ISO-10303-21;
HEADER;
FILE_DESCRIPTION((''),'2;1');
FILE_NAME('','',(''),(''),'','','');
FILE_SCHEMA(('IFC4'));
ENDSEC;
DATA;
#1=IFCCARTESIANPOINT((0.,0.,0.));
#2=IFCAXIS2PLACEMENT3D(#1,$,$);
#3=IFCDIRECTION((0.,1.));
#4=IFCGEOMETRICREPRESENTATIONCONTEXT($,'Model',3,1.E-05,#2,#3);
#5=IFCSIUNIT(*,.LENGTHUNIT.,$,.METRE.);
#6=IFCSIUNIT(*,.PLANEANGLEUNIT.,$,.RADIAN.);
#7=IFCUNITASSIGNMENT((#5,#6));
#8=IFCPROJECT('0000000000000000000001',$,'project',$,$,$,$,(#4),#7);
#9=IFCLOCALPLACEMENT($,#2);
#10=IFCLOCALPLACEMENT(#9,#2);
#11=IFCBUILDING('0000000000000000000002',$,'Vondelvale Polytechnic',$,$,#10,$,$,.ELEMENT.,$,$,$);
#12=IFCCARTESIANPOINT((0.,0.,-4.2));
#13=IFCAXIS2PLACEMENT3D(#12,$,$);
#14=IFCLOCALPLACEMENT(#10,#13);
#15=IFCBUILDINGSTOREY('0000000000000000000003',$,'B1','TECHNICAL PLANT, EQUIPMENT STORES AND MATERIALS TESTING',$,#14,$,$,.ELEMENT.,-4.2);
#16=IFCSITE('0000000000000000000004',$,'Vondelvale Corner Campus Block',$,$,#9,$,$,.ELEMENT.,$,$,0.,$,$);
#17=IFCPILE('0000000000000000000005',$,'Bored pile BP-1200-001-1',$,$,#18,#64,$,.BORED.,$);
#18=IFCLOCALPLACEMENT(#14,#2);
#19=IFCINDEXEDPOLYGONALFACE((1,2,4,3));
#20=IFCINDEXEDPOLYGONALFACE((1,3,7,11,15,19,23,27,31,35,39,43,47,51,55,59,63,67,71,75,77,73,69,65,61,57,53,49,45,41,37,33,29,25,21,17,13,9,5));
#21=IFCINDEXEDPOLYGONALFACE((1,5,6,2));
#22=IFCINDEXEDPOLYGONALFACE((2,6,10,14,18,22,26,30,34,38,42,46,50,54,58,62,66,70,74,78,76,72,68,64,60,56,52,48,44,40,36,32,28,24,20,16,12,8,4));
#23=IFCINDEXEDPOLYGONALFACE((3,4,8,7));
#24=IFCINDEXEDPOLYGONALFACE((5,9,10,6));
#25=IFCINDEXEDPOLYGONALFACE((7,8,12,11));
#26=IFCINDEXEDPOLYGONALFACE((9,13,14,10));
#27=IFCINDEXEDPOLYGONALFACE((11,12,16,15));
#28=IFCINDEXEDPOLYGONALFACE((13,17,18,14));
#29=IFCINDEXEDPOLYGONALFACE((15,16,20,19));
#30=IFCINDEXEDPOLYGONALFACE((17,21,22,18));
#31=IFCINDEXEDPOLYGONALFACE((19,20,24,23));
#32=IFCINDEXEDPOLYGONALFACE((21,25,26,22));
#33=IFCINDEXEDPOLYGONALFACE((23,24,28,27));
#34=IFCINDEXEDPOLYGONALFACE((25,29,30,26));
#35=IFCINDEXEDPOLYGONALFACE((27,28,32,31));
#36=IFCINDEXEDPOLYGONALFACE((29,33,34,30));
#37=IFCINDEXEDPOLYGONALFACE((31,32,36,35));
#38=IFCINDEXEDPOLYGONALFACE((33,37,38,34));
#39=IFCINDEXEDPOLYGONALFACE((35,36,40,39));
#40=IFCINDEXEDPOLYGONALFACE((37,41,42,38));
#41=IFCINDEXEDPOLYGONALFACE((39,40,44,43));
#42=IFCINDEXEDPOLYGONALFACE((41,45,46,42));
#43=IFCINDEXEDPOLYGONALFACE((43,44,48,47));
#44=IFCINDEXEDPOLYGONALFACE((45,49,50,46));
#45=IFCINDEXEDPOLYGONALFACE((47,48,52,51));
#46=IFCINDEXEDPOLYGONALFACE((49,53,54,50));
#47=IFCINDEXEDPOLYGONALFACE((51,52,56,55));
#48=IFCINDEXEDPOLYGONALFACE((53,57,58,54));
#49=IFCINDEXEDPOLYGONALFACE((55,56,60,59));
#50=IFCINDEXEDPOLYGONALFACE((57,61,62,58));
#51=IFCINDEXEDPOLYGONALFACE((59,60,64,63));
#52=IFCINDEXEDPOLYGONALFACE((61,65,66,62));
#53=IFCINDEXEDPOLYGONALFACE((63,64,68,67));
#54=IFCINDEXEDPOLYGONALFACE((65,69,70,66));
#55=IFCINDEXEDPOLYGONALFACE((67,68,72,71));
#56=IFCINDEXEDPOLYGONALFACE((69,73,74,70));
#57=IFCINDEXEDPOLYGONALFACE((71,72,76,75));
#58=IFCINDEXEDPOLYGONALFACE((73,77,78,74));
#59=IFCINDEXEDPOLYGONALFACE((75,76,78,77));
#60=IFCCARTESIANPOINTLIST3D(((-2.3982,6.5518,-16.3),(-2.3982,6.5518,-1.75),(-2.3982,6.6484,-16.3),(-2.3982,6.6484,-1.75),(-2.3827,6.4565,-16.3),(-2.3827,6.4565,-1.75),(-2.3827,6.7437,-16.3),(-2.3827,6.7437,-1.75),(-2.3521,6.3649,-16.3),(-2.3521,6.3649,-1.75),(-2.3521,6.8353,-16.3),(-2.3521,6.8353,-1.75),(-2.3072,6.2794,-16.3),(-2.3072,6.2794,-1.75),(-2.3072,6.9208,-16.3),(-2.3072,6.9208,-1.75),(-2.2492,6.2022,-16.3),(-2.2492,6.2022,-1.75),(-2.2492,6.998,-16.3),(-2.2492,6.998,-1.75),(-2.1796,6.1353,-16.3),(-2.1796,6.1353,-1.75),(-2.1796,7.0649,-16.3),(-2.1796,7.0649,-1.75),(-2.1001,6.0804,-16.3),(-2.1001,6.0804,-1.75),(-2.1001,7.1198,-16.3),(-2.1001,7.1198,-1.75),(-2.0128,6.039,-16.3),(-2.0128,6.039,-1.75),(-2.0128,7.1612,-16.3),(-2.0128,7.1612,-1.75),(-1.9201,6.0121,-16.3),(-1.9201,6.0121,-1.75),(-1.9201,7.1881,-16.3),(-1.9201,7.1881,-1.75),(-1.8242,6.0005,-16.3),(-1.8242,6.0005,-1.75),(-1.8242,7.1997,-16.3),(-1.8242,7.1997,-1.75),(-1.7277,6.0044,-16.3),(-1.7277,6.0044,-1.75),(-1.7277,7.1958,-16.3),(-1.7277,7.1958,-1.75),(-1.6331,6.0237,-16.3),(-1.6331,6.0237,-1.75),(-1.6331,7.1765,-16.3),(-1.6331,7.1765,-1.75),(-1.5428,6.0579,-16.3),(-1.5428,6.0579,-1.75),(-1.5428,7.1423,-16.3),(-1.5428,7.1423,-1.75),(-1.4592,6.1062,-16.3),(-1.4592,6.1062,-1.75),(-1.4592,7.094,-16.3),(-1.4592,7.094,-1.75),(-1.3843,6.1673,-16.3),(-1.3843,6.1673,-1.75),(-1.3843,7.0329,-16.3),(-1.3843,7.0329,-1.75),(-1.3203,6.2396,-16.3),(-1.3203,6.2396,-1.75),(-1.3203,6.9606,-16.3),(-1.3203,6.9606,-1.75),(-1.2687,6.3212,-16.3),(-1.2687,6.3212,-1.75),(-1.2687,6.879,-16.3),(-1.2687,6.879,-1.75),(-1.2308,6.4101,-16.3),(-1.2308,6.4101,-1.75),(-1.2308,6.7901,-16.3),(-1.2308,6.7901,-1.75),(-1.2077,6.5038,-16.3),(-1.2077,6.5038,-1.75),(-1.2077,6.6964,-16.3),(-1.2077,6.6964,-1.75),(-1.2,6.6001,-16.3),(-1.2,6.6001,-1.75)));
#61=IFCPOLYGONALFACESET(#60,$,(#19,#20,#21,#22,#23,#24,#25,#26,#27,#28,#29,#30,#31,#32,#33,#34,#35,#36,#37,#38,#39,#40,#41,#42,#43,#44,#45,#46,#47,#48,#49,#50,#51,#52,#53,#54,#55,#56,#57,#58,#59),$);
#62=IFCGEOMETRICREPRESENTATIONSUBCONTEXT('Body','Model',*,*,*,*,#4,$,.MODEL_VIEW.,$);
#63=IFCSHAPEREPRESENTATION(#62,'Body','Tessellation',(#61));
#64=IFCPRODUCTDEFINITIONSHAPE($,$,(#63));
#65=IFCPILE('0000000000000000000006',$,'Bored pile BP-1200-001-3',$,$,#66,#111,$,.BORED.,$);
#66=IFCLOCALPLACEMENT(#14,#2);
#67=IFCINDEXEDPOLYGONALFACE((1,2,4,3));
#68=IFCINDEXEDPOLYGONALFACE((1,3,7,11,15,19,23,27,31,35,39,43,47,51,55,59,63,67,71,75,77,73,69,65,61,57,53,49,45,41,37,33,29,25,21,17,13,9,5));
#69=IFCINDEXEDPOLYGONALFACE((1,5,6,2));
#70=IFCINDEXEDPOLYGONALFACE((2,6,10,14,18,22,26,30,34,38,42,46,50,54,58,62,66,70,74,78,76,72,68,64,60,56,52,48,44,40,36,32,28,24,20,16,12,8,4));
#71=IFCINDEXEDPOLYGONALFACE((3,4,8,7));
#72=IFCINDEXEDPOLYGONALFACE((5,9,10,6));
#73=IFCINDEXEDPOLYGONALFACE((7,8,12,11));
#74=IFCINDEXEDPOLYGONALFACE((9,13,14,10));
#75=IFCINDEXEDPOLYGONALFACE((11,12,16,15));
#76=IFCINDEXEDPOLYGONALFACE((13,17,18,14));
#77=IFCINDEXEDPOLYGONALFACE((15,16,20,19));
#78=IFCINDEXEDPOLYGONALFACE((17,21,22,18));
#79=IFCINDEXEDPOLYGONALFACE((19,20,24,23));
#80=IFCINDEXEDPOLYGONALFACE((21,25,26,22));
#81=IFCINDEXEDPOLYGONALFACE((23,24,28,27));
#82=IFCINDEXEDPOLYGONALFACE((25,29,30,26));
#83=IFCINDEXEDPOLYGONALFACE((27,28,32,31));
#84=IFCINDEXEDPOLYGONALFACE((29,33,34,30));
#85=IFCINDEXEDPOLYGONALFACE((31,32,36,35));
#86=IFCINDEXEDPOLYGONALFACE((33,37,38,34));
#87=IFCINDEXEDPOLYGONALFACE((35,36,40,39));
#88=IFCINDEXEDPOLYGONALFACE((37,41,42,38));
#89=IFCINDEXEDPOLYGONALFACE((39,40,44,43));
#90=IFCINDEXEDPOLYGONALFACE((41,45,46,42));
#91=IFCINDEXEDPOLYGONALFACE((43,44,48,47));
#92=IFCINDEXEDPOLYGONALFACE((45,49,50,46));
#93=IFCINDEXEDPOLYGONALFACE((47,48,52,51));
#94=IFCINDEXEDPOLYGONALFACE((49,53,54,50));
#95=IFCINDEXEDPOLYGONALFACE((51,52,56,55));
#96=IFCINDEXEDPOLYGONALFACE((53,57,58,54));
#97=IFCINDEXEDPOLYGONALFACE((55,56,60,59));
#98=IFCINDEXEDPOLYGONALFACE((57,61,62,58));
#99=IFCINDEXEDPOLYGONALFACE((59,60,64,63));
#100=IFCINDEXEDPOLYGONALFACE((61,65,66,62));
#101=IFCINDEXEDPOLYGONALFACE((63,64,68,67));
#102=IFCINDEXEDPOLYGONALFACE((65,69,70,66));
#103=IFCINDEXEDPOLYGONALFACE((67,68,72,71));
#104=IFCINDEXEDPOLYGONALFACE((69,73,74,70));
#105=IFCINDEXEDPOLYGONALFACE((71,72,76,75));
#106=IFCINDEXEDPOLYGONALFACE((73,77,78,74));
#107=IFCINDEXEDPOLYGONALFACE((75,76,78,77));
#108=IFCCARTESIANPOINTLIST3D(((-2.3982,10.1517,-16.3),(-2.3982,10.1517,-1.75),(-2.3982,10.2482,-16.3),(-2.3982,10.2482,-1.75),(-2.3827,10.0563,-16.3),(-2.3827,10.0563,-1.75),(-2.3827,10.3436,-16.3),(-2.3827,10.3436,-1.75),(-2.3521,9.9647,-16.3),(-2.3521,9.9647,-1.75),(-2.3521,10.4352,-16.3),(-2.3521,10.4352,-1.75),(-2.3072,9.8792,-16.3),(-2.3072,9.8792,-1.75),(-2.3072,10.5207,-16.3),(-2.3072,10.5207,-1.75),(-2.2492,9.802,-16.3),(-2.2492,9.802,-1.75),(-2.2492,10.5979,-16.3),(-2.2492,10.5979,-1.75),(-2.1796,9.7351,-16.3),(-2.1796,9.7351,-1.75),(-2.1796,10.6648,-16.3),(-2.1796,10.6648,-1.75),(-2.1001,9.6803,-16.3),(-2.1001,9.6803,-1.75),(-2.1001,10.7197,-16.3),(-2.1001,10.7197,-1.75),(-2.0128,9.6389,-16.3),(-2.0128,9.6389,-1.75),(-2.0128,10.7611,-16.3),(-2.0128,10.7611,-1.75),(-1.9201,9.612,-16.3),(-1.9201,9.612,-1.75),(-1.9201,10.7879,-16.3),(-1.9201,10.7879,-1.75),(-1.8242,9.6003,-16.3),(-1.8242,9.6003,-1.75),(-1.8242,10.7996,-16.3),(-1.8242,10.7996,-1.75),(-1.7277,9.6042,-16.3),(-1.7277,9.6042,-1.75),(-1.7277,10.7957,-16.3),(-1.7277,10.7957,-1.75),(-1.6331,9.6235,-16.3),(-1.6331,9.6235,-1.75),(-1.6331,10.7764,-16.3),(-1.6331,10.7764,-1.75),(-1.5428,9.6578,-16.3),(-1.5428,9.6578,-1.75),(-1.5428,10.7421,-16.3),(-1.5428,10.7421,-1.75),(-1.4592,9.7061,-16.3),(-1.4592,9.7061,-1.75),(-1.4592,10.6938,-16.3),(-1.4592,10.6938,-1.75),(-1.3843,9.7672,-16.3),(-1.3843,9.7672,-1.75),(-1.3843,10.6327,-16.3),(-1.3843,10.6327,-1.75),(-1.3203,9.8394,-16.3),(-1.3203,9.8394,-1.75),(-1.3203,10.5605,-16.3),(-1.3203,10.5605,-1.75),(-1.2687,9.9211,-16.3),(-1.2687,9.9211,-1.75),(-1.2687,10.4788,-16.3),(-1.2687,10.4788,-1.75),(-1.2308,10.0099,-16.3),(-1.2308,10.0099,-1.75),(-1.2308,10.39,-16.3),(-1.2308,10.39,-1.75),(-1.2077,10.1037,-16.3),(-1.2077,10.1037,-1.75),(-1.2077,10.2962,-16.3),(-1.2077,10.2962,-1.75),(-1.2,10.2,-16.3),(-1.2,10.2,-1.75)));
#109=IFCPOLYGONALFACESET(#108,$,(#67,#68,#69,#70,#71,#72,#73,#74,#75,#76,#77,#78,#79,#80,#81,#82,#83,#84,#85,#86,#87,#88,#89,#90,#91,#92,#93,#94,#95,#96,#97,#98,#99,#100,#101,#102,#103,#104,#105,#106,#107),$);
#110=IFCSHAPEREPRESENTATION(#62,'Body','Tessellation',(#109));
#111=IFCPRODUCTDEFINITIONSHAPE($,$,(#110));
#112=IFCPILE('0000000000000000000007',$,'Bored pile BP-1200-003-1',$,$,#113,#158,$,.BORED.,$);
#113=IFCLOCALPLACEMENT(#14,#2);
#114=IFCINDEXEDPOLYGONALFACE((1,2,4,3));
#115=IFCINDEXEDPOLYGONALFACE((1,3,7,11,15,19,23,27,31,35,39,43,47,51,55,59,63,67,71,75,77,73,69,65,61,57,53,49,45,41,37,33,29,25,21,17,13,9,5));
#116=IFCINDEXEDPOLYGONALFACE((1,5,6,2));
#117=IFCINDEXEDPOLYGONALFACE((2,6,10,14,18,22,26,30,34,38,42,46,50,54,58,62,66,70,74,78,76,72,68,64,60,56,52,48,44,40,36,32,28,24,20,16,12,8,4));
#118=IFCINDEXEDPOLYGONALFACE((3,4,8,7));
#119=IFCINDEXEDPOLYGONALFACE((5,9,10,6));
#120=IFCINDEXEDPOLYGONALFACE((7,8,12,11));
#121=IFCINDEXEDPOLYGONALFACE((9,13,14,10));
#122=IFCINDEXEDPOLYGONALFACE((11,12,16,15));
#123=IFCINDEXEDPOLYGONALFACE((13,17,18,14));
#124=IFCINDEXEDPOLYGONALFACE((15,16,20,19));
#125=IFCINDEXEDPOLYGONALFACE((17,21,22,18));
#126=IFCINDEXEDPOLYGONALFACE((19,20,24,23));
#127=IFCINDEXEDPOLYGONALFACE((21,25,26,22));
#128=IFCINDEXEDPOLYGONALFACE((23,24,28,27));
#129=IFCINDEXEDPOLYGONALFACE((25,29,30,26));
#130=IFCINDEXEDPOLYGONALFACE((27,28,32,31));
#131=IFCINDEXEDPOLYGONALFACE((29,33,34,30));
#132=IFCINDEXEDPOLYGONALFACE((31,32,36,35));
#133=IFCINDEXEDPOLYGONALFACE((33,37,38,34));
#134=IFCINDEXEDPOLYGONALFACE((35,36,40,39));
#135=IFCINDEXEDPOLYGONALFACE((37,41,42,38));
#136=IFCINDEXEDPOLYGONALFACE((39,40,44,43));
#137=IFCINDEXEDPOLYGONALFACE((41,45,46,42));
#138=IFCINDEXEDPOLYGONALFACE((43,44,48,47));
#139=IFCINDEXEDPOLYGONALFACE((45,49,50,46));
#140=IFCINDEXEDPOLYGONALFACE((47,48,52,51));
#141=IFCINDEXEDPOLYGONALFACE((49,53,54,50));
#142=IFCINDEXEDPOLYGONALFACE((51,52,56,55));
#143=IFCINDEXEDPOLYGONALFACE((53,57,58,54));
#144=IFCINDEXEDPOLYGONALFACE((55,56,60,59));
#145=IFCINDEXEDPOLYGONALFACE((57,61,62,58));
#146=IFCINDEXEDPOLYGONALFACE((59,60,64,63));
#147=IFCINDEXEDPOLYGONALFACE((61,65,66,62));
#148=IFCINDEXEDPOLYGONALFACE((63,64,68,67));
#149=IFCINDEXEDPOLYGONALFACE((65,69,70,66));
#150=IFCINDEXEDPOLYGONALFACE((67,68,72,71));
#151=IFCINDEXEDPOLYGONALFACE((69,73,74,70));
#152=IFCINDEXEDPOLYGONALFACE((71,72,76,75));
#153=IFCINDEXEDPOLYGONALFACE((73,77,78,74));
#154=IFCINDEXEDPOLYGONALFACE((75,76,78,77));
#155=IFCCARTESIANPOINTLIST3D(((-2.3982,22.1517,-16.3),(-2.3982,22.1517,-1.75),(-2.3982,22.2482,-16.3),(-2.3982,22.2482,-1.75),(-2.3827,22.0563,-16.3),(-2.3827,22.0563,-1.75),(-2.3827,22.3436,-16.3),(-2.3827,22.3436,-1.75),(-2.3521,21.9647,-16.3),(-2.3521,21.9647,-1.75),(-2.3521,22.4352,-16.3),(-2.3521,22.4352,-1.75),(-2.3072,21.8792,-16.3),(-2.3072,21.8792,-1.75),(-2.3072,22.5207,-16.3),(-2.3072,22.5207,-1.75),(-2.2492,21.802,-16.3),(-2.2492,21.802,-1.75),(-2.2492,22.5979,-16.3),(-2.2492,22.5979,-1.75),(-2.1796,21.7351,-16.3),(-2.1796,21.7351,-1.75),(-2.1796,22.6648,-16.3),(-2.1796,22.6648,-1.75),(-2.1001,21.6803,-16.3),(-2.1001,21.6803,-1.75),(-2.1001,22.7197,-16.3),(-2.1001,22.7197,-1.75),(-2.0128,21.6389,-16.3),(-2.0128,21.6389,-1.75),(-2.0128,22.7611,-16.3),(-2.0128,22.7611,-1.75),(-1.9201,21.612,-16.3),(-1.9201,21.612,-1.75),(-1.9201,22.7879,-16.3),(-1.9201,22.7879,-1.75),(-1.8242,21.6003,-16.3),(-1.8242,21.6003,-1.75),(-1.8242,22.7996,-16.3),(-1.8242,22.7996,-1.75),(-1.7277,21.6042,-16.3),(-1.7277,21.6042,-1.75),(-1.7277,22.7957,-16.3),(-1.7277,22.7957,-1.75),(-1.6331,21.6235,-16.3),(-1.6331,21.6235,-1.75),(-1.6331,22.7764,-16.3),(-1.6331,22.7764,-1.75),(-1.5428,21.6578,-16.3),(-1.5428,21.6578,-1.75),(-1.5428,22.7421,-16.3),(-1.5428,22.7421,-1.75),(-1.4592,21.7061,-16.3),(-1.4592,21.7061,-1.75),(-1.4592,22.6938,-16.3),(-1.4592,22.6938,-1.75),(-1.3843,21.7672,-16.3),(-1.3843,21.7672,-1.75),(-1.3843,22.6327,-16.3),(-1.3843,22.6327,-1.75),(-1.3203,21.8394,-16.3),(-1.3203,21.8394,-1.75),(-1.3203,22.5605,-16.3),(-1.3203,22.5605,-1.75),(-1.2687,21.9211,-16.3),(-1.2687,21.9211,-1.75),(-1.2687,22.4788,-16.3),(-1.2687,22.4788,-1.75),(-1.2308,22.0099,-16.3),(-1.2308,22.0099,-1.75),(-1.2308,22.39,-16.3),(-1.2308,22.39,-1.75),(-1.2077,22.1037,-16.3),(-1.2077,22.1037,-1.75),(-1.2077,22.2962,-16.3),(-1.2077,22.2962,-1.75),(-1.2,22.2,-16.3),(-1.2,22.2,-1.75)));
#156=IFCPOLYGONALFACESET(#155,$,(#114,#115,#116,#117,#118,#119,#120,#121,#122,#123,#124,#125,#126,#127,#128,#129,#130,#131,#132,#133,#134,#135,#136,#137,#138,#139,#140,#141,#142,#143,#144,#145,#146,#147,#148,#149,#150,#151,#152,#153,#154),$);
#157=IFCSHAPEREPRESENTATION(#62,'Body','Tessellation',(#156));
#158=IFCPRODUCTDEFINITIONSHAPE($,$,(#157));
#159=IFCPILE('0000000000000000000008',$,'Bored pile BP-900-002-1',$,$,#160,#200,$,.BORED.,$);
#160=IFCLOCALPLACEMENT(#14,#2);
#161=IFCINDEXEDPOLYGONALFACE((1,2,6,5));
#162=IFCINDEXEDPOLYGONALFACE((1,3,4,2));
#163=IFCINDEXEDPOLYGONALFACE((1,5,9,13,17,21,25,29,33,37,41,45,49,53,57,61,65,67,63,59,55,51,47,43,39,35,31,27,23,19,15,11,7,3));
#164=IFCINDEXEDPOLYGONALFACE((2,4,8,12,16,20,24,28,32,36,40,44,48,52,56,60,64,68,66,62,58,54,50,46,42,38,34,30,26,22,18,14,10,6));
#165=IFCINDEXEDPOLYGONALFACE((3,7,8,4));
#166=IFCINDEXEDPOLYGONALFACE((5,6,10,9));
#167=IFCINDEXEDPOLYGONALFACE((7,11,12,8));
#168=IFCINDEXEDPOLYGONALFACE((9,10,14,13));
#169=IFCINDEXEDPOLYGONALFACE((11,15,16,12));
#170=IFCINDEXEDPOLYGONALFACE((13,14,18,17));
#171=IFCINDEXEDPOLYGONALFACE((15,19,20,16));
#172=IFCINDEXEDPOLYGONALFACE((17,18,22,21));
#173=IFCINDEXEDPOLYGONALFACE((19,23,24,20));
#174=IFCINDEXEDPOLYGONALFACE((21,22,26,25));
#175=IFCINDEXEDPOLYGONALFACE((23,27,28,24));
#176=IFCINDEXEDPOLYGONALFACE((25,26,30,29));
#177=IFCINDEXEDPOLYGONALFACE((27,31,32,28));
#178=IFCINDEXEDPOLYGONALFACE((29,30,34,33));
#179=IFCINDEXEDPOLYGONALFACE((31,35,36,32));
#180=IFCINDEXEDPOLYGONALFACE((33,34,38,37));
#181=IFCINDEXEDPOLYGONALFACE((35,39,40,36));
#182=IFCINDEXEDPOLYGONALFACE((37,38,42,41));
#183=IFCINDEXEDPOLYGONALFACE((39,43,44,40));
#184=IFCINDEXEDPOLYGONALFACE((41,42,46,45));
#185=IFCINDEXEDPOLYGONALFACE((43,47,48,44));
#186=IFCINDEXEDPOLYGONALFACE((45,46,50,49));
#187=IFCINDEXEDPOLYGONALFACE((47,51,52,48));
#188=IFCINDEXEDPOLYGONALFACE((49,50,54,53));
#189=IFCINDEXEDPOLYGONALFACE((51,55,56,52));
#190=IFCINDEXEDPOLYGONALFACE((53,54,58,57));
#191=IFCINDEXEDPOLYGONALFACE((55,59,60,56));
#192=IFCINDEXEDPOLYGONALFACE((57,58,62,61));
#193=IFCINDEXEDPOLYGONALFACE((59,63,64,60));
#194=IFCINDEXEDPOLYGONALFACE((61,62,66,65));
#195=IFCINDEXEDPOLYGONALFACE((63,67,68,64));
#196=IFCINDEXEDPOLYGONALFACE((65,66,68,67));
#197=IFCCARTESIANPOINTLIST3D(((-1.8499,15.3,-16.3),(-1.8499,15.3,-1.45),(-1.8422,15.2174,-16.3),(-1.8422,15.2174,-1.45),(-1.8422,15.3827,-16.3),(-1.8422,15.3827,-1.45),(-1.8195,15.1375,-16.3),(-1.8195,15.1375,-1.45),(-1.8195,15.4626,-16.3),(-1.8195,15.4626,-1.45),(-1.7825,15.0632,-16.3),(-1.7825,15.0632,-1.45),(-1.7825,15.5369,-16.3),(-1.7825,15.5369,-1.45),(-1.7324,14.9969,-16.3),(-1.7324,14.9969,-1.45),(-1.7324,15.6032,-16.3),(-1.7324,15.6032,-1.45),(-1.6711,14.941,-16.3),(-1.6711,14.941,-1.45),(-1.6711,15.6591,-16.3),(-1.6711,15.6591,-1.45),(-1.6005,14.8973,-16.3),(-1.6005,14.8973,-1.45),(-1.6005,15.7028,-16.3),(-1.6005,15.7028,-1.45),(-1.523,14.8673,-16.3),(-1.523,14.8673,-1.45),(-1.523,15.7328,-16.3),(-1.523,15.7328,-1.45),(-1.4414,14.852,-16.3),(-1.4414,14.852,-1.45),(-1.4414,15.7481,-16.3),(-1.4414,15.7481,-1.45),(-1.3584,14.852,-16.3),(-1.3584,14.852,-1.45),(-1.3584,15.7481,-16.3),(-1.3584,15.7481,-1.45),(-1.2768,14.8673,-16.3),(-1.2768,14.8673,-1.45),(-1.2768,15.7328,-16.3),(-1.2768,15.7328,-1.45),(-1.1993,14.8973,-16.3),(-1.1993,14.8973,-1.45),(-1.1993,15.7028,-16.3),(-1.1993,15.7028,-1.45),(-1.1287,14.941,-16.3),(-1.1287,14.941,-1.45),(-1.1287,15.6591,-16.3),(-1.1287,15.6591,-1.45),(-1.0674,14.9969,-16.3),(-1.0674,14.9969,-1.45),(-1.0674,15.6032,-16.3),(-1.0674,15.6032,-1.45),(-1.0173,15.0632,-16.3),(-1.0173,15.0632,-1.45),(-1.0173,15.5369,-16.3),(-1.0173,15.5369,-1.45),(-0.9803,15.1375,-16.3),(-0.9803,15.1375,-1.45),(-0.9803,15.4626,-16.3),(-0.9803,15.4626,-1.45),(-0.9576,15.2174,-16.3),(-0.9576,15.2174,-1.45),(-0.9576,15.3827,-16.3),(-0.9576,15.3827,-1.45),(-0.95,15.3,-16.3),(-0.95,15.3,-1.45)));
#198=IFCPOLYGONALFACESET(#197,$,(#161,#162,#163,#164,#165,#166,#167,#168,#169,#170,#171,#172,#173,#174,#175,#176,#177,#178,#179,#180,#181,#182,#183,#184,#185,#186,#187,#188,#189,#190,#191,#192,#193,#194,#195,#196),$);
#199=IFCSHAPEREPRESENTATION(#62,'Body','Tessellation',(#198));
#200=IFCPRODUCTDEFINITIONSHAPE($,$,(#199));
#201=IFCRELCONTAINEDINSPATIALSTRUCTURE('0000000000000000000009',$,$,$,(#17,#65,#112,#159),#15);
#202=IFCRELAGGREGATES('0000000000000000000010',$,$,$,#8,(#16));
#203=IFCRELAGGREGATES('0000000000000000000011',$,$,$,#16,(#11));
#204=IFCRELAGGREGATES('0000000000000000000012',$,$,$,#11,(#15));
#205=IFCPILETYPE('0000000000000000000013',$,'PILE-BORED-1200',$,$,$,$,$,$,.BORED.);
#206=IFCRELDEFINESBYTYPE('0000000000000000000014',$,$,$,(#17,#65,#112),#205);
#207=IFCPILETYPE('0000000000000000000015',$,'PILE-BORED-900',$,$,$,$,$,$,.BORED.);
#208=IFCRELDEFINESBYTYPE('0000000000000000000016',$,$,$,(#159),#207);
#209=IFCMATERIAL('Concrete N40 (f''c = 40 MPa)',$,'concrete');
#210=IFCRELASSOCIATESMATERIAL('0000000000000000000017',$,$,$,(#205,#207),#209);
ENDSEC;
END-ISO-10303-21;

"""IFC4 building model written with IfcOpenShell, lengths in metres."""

from ifc_helpers import new_model, si_unit, direction, frame, origin, origin_2d, place, context, subcontext, project, spatial, circle, extrude, material, material_profile, profile_set, type_object, element, save


model = new_model("IFC4")

# Units and contexts
model_context = context("Model", 3, precision=1e-05, world=origin(), true_north=direction((0.0, 1.0)))
body_context = subcontext(model_context, "Body", "Model", "MODEL_VIEW")
ifc_project = project(units=[si_unit("LENGTHUNIT", "METRE"), si_unit("PLANEANGLEUNIT", "RADIAN")], contexts=[model_context])

# Site, building, storey
site_placement = place(None, origin())
site = spatial("IfcSite", under=ifc_project, at=site_placement, Name="Vondelvale Corner Campus Block", CompositionType="ELEMENT", RefElevation=0.0)
building_placement = place(site_placement, origin())
building = spatial("IfcBuilding", under=site, at=building_placement, Name="Vondelvale Polytechnic", CompositionType="ELEMENT")
storey_placement = place(building_placement, frame((0.0, 0.0, -4.2)))
storey = spatial("IfcBuildingStorey", under=building, at=storey_placement, Name="B1", Description="TECHNICAL PLANT, EQUIPMENT STORES AND MATERIALS TESTING", CompositionType="ELEMENT", Elevation=-4.2)

# Shared definitions
ifc_material = material(Name="Concrete N40 (f'c = 40 MPa)", Category="concrete")

# Piles
ifc_material_profile_1 = material_profile(ifc_material, circle(Radius=0.6001, at=origin_2d()), Name="PILE-D1200")
ifc_profile_set_1 = profile_set([ifc_material_profile_1], Name="Concrete N40 (f'c = 40 MPa)")
pile_type_1 = type_object("IfcPileType", Name="PILE-BORED-1200", PredefinedType="BORED", material=ifc_profile_set_1)
for number, where, z_axis, x_axis, name in (
    (1, (-1.8, 6.6001, -1.75), (0.0, 0.0, -1.0), (1.0, 0.0, 0.0), "Bored pile BP-1200-001-1"),
    (2, (-1.8, 10.2, -1.75), (0.0, 0.0, -1.0), (1.0, 0.0, 0.0), "Bored pile BP-1200-001-3"),
    (3, (-1.8, 22.2, -1.75), (0.0, 0.0, -1.0), (1.0, 0.0, 0.0), "Bored pile BP-1200-003-1"),
):
    element("IfcPile", number, at=place(storey_placement, frame(where, z_axis=z_axis, x_axis=x_axis)), inside=storey, type_object=pile_type_1, Name=name, PredefinedType="BORED", context=body_context, shape_type="SweptSolid", body=[
        extrude(circle(Radius=0.6001, at=origin_2d()), origin(), (0.0, 0.0, 1.0), 14.55),
    ])
ifc_material_profile_2 = material_profile(ifc_material, circle(Radius=0.45, at=origin_2d()), Name="PILE-D900")
ifc_profile_set_2 = profile_set([ifc_material_profile_2], Name="Concrete N40 (f'c = 40 MPa)")
pile_type_2 = type_object("IfcPileType", Name="PILE-BORED-900", PredefinedType="BORED", material=ifc_profile_set_2)
pile_placement = place(storey_placement, frame((-1.3999, 15.3, -1.45), z_axis=(0.0, 0.0, -1.0), x_axis=(1.0, 0.0, 0.0)))
element("IfcPile", 4, at=pile_placement, inside=storey, type_object=pile_type_2, Name="Bored pile BP-900-002-1", PredefinedType="BORED", context=body_context, shape_type="SweptSolid", body=[
    extrude(circle(Radius=0.45, at=origin_2d()), origin(), (0.0, 0.0, 1.0), 14.8501),
])

save(model, "model.ifc")
